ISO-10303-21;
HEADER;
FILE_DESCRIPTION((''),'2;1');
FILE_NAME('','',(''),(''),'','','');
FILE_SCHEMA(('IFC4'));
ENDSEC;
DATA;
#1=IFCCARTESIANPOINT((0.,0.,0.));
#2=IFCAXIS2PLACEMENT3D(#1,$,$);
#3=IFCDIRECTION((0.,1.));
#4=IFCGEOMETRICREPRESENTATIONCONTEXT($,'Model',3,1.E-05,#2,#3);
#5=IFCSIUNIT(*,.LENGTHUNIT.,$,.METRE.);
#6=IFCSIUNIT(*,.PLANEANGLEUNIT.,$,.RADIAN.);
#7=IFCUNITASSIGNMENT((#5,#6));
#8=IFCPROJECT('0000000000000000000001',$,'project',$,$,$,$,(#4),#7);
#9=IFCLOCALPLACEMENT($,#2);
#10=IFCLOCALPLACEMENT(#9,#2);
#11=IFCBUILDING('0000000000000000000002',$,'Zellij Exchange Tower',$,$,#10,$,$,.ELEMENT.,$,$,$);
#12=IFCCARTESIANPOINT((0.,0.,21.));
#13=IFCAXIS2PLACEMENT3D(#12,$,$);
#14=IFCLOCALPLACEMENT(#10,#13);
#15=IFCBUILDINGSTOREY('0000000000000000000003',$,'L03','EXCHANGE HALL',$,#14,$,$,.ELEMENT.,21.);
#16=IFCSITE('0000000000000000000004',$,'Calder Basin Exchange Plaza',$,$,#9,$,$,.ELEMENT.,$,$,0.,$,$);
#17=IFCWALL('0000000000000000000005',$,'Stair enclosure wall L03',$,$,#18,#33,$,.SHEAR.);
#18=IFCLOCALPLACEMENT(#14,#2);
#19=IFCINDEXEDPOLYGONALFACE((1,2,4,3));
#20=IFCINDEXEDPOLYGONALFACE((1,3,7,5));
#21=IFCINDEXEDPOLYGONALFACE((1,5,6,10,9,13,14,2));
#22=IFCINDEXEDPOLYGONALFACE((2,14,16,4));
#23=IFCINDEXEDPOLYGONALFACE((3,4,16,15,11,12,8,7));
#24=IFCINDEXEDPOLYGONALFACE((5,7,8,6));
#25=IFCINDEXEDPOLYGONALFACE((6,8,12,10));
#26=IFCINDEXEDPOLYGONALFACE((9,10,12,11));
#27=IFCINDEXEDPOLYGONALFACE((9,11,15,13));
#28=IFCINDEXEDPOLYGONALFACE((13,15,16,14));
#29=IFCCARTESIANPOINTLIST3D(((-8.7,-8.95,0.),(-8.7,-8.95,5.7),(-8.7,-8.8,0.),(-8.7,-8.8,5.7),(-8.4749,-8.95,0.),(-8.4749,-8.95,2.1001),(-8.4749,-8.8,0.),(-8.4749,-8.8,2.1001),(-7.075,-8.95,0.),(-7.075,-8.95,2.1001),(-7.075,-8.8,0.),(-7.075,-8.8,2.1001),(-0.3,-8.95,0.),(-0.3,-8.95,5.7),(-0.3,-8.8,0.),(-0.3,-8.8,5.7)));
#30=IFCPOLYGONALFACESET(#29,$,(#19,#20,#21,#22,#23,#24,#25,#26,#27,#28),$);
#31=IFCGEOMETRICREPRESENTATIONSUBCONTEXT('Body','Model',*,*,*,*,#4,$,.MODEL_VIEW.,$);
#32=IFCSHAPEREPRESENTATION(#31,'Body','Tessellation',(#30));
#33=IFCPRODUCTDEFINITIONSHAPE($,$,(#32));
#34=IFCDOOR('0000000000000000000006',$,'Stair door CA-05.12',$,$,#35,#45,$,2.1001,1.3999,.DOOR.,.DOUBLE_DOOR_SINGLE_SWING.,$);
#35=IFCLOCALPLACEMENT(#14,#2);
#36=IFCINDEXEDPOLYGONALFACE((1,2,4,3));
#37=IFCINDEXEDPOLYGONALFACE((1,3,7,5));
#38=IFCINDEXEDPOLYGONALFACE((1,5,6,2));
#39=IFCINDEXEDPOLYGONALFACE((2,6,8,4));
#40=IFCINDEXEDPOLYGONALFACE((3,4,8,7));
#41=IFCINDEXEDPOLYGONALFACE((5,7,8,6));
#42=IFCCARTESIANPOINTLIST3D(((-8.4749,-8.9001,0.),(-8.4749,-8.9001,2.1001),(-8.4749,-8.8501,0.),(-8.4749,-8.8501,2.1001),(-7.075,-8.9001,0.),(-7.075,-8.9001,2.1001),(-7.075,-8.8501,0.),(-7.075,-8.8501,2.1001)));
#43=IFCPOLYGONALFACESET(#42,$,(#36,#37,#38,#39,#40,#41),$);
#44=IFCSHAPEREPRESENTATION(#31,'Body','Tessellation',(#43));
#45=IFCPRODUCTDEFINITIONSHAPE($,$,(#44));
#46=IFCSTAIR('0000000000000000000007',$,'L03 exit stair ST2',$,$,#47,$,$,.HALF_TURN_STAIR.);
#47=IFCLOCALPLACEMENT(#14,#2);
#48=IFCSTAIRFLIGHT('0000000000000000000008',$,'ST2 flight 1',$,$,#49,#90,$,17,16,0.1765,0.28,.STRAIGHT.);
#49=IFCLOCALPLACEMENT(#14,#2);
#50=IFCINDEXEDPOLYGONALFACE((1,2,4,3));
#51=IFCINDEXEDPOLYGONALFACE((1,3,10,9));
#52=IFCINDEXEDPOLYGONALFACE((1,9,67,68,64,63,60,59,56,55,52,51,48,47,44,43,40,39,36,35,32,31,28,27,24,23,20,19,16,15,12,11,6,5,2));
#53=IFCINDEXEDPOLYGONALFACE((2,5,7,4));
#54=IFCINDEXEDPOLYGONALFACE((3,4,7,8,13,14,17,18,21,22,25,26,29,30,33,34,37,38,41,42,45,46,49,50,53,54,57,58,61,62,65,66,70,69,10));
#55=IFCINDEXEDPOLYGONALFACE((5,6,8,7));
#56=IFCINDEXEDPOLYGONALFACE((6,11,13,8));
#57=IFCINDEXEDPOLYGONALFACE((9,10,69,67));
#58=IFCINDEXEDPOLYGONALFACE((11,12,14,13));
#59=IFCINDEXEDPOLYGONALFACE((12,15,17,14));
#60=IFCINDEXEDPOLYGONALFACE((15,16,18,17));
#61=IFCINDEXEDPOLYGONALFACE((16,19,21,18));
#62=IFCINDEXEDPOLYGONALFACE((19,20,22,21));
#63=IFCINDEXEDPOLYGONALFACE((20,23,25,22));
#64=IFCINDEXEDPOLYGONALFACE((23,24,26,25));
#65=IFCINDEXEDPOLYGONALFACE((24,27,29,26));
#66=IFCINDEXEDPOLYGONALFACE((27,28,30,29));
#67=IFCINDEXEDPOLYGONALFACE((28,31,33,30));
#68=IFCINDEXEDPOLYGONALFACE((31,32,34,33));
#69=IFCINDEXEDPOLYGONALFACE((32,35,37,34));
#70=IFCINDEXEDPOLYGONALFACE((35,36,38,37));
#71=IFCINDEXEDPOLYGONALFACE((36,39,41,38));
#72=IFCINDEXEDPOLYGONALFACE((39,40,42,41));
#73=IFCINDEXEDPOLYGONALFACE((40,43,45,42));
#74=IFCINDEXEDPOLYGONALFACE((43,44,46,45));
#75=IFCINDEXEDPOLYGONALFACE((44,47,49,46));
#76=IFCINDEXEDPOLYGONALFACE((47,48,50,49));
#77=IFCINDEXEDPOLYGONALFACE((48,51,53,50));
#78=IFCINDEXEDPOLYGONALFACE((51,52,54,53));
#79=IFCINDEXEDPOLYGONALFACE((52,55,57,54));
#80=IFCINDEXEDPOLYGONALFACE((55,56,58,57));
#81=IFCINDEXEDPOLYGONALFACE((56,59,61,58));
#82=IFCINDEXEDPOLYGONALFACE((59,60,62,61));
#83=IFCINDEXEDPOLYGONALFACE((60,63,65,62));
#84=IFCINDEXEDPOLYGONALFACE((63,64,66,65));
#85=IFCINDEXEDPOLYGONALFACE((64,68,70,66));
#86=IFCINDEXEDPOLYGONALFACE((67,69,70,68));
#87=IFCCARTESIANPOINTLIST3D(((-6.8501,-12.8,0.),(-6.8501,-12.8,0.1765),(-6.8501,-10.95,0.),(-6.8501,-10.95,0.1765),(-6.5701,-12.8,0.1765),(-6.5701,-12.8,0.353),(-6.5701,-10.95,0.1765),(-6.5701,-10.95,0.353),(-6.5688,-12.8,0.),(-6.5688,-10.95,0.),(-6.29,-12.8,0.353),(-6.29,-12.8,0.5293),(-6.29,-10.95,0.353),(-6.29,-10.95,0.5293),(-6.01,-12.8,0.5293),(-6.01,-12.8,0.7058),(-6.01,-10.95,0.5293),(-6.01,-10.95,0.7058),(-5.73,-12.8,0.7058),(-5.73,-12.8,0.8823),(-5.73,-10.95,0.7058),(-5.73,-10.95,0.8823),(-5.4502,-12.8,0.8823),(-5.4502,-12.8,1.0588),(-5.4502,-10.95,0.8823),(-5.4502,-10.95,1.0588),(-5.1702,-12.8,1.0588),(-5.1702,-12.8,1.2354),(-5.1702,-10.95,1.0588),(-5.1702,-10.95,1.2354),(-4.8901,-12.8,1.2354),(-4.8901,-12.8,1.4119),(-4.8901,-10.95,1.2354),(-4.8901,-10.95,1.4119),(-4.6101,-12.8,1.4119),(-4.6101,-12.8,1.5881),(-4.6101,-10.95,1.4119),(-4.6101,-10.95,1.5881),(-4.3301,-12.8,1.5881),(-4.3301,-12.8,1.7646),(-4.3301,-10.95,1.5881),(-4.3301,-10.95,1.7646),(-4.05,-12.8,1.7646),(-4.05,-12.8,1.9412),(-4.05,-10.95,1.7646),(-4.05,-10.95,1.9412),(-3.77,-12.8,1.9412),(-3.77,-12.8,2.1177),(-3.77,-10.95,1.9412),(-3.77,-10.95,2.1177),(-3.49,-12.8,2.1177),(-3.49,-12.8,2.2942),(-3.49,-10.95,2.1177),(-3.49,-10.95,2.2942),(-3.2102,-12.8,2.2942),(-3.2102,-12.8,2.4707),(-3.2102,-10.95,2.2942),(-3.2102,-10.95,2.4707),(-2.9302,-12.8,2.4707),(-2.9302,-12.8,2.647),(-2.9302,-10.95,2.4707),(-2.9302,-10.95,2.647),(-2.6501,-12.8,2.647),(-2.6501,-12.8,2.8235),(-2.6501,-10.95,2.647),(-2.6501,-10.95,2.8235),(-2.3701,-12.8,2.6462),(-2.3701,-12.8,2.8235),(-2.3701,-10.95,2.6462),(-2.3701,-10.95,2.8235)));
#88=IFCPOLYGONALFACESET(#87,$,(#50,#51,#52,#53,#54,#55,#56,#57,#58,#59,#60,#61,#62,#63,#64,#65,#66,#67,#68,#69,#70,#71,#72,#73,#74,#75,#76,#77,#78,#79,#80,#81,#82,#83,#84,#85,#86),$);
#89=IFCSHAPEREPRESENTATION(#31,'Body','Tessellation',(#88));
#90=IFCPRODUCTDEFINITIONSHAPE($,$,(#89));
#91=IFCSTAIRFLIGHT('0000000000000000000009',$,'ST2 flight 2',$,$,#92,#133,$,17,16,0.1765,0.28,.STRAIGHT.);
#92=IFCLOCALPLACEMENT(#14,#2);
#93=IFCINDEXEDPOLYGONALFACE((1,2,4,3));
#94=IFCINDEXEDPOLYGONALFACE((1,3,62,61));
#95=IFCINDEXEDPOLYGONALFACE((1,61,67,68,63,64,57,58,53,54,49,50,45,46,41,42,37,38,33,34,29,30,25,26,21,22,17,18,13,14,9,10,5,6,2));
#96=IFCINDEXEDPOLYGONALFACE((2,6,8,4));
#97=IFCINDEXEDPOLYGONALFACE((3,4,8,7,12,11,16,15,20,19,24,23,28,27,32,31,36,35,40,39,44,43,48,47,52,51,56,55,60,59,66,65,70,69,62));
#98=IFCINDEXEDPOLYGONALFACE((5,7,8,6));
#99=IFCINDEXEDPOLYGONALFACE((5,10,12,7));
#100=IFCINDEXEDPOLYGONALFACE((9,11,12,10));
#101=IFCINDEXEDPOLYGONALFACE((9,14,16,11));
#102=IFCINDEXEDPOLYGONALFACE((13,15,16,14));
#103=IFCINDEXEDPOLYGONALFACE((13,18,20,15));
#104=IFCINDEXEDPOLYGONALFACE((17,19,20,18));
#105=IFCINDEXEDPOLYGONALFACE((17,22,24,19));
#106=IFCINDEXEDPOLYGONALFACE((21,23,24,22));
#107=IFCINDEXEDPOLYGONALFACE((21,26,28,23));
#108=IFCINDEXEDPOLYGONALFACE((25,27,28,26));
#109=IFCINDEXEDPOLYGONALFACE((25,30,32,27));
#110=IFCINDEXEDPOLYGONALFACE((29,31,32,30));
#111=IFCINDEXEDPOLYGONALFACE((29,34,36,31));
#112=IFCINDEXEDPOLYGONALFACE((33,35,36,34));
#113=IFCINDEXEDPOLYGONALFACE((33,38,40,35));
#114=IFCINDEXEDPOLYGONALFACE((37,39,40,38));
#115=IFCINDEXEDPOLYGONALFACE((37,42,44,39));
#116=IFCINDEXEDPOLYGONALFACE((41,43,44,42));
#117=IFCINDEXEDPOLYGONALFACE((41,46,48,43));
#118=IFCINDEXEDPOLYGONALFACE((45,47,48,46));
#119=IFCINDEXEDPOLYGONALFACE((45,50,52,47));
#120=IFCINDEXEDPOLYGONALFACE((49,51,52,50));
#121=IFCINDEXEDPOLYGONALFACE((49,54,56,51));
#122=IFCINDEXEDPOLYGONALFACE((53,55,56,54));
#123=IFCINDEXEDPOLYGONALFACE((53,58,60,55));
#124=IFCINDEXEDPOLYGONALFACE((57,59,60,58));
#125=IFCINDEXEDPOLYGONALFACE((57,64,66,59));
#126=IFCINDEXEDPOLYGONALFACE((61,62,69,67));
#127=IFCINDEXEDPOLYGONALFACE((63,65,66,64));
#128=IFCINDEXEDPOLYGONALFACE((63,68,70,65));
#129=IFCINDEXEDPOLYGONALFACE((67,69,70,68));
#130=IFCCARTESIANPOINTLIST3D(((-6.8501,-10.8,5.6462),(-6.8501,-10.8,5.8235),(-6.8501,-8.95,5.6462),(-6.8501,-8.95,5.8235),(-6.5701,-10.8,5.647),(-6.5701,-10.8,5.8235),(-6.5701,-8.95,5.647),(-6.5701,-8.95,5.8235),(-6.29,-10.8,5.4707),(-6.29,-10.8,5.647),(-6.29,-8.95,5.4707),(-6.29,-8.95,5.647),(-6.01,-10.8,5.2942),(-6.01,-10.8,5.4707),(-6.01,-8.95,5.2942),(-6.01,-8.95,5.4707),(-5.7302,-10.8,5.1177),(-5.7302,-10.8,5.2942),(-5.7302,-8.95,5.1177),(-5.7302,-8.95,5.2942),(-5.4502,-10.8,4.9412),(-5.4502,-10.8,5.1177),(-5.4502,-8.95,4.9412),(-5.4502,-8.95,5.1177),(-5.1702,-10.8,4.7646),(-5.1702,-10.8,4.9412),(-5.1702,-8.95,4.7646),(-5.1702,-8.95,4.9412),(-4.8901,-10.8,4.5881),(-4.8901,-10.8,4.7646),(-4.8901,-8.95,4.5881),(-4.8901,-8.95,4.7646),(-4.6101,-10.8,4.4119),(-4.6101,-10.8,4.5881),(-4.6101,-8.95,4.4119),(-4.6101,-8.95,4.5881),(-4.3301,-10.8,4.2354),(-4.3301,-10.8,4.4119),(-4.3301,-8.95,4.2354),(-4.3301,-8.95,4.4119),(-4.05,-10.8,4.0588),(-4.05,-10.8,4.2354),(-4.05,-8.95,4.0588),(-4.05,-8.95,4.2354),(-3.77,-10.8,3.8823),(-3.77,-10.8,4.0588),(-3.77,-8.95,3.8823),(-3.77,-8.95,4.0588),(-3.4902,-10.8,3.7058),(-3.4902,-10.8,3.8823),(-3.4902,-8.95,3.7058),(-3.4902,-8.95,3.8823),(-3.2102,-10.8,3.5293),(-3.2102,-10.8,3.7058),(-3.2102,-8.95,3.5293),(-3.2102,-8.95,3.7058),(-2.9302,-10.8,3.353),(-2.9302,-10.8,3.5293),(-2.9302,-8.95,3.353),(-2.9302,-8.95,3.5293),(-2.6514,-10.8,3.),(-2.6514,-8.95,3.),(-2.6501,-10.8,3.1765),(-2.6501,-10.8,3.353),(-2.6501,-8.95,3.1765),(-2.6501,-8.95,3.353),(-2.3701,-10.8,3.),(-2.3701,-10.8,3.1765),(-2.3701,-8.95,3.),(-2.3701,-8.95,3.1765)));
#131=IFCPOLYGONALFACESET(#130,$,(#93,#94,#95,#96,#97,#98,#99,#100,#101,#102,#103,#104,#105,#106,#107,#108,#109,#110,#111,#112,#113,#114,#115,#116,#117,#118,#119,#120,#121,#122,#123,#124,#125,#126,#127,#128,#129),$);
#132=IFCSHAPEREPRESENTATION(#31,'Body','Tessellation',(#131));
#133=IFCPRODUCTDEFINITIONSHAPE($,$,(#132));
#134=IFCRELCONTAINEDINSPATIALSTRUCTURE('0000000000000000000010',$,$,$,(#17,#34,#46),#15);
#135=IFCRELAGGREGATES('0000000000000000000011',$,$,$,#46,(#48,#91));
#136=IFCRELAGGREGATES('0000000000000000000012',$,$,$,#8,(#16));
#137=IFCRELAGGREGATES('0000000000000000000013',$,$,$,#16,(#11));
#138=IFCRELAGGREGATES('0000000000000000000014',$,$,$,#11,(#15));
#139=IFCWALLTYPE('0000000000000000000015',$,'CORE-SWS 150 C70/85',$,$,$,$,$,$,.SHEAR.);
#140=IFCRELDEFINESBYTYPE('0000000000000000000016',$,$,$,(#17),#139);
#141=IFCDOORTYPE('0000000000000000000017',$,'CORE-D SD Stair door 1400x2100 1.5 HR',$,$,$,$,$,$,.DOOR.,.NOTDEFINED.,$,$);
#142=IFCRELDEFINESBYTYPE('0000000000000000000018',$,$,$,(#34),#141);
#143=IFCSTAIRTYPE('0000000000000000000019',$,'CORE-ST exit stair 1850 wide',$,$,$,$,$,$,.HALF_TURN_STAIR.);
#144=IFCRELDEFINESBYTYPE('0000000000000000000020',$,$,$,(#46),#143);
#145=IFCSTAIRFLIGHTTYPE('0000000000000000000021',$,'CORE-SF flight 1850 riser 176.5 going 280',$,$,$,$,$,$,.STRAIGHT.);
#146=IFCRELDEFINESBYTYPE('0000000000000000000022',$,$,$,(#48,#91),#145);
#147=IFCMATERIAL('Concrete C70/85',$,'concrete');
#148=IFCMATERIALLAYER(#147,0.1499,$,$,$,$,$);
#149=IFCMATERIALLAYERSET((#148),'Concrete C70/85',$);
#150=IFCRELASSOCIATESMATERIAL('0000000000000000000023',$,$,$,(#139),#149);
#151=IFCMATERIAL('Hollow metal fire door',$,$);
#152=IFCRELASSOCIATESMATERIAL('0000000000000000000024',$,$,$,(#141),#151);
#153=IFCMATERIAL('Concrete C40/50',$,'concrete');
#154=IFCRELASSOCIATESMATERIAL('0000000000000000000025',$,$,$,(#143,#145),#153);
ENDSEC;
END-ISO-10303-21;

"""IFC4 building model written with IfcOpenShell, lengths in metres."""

from ifc_helpers import new_model, si_unit, direction, frame, frame_2d, origin, place, context, subcontext, project, spatial, polyline, rectangle, outline, extrude, material, layer, layer_set, type_object, element, fill, aggregate, save


model = new_model("IFC4")

# Units and contexts
model_context = context("Model", 3, precision=1e-05, world=origin(), true_north=direction((0.0, 1.0)))
body_context = subcontext(model_context, "Body", "Model", "MODEL_VIEW")
ifc_project = project(units=[si_unit("LENGTHUNIT", "METRE"), si_unit("PLANEANGLEUNIT", "RADIAN")], contexts=[model_context])

# Site, building, storey
site_placement = place(None, origin())
site = spatial("IfcSite", under=ifc_project, at=site_placement, Name="Calder Basin Exchange Plaza", CompositionType="ELEMENT", RefElevation=0.0)
building_placement = place(site_placement, origin())
building = spatial("IfcBuilding", under=site, at=building_placement, Name="Zellij Exchange Tower", CompositionType="ELEMENT")
storey_placement = place(building_placement, frame((0.0, 0.0, 21.0)))
storey = spatial("IfcBuildingStorey", under=building, at=storey_placement, Name="L03", Description="EXCHANGE HALL", CompositionType="ELEMENT", Elevation=21.0)

# Shared definitions
ifc_material_1 = material(Name="Concrete C70/85", Category="concrete")

# Shared definitions
ifc_material_2 = material(Name="Hollow metal fire door")

# Wall, opening, door
ifc_layer_1 = layer(ifc_material_1, 0.1499)
ifc_layer_set_1 = layer_set([ifc_layer_1], Name="Concrete C70/85")
wall_type_1 = type_object("IfcWallType", Name="CORE-SWS 150 C70/85", PredefinedType="SHEAR", material=ifc_layer_set_1)
wall_1_placement = place(storey_placement, frame((-8.7, -8.875, 0.0), z_axis=(0.0, 0.0, 1.0), x_axis=(1.0, 0.0, 0.0)))
wall_1 = element("IfcWall", 1, at=wall_1_placement, inside=storey, type_object=wall_type_1, Name="Stair enclosure wall L03", PredefinedType="SHEAR", context=body_context, shape_type="SweptSolid", body=[
    extrude(rectangle(XDim=8.3999, YDim=0.1499, at=frame_2d((4.2, 0.0))), origin(), (0.0, 0.0, 1.0), 5.7),
])
opening_1_placement = place(wall_1_placement, frame((0.2251, 0.0, 0.0)))
opening_1 = element("IfcOpeningElement", 2, at=opening_1_placement, cuts=wall_1, PredefinedType="OPENING", context=body_context, shape_type="SweptSolid", body=[
    extrude(rectangle(XDim=1.3999, YDim=2.1001, at=frame_2d((0.7, 1.05))), frame((0.0, 0.0869, 0.0), z_axis=(0.0, -1.0, 0.0), x_axis=(1.0, 0.0, 0.0)), (0.0, 0.0, 1.0), 0.1738),
])
door_type_1 = type_object("IfcDoorType", Name="CORE-D SD Stair door 1400x2100 1.5 HR", OperationType="NOTDEFINED", PredefinedType="DOOR", material=ifc_material_2)
door_1_placement = place(opening_1_placement, origin())
door_1 = element("IfcDoor", 3, at=door_1_placement, inside=storey, type_object=door_type_1, Name="Stair door CA-05.12", OperationType="DOUBLE_DOOR_SINGLE_SWING", OverallHeight=2.1001, OverallWidth=1.3999, PredefinedType="DOOR", context=body_context, shape_type="SweptSolid", body=[
    extrude(rectangle(XDim=1.3999, YDim=2.1001, at=frame_2d((0.7, 1.05))), frame((0.0, 0.0249, 0.0), z_axis=(0.0, -1.0, 0.0), x_axis=(1.0, 0.0, 0.0)), (0.0, 0.0, 1.0), 0.05),
])
fill(opening_1, door_1)

# Stair, stair flights
ifc_material_3 = material(Name="Concrete C40/50", Category="concrete")
stair_type = type_object("IfcStairType", Name="CORE-ST exit stair 1850 wide", PredefinedType="HALF_TURN_STAIR", material=ifc_material_3)
stair_placement = place(storey_placement, origin())
stair = element("IfcStair", 4, at=stair_placement, inside=storey, type_object=stair_type, Name="L03 exit stair ST2", PredefinedType="HALF_TURN_STAIR")
stair_flight_type = type_object("IfcStairFlightType", Name="CORE-SF flight 1850 riser 176.5 going 280", PredefinedType="STRAIGHT", material=ifc_material_3)
stair_flight_1_placement = place(storey_placement, frame((-6.8501, -11.875, 0.0), z_axis=(0.0, 0.0, 1.0), x_axis=(1.0, 0.0, 0.0)))
stair_flight_1 = element("IfcStairFlight", 5, at=stair_flight_1_placement, type_object=stair_flight_type, Name="ST2 flight 1", NumberOfRisers=17, NumberOfTreads=16, PredefinedType="STRAIGHT", RiserHeight=0.1765, TreadLength=0.28, context=body_context, shape_type="SweptSolid", body=[
    extrude(outline(polyline([(0.0, 0.0), (0.0, 0.1765), (0.28, 0.1765), (0.28, 0.353), (0.5601, 0.353), (0.5601, 0.5293), (0.8401, 0.5293), (0.8401, 0.7058), (1.1201, 0.7058), (1.1201, 0.8823), (1.3999, 0.8823), (1.3999, 1.0588), (1.6799, 1.0588), (1.6799, 1.2354), (1.96, 1.2354), (1.96, 1.4119), (2.24, 1.4119), (2.24, 1.5881), (2.52, 1.5881), (2.52, 1.7646), (2.8, 1.7646), (2.8, 1.9412), (3.0801, 1.9412), (3.0801, 2.1177), (3.3601, 2.1177), (3.3601, 2.2942), (3.6399, 2.2942), (3.6399, 2.4707), (3.9199, 2.4707), (3.9199, 2.647), (4.2, 2.647), (4.2, 2.8235), (4.48, 2.8235), (4.48, 3.0), (4.48, 2.6462), (0.2812, 0.0), (0.0, 0.0)])), frame((0.0, 0.925, 0.0), z_axis=(0.0, -1.0, 0.0), x_axis=(1.0, 0.0, 0.0)), (0.0, 0.0, 1.0), 1.8501),
])
stair_flight_2_placement = place(storey_placement, frame((-2.3701, -9.875, 3.0), z_axis=(0.0, 0.0, 1.0), x_axis=(-1.0, 0.0, 0.0)))
stair_flight_2 = element("IfcStairFlight", 6, at=stair_flight_2_placement, type_object=stair_flight_type, Name="ST2 flight 2", NumberOfRisers=17, NumberOfTreads=16, PredefinedType="STRAIGHT", RiserHeight=0.1765, TreadLength=0.28, context=body_context, shape_type="SweptSolid", body=[
    extrude(outline(polyline([(0.0, 0.0), (0.0, 0.1765), (0.28, 0.1765), (0.28, 0.353), (0.5601, 0.353), (0.5601, 0.5293), (0.8401, 0.5293), (0.8401, 0.7058), (1.1201, 0.7058), (1.1201, 0.8823), (1.3999, 0.8823), (1.3999, 1.0588), (1.6799, 1.0588), (1.6799, 1.2354), (1.96, 1.2354), (1.96, 1.4119), (2.24, 1.4119), (2.24, 1.5881), (2.52, 1.5881), (2.52, 1.7646), (2.8, 1.7646), (2.8, 1.9412), (3.0801, 1.9412), (3.0801, 2.1177), (3.3601, 2.1177), (3.3601, 2.2942), (3.6399, 2.2942), (3.6399, 2.4707), (3.9199, 2.4707), (3.9199, 2.647), (4.2, 2.647), (4.2, 2.8235), (4.48, 2.8235), (4.48, 3.0), (4.48, 2.6462), (0.2812, 0.0), (0.0, 0.0)])), frame((0.0, 0.925, 0.0), z_axis=(0.0, -1.0, 0.0), x_axis=(1.0, 0.0, 0.0)), (0.0, 0.0, 1.0), 1.8501),
])
aggregate(stair, [stair_flight_1, stair_flight_2])

save(model, "model.ifc")
